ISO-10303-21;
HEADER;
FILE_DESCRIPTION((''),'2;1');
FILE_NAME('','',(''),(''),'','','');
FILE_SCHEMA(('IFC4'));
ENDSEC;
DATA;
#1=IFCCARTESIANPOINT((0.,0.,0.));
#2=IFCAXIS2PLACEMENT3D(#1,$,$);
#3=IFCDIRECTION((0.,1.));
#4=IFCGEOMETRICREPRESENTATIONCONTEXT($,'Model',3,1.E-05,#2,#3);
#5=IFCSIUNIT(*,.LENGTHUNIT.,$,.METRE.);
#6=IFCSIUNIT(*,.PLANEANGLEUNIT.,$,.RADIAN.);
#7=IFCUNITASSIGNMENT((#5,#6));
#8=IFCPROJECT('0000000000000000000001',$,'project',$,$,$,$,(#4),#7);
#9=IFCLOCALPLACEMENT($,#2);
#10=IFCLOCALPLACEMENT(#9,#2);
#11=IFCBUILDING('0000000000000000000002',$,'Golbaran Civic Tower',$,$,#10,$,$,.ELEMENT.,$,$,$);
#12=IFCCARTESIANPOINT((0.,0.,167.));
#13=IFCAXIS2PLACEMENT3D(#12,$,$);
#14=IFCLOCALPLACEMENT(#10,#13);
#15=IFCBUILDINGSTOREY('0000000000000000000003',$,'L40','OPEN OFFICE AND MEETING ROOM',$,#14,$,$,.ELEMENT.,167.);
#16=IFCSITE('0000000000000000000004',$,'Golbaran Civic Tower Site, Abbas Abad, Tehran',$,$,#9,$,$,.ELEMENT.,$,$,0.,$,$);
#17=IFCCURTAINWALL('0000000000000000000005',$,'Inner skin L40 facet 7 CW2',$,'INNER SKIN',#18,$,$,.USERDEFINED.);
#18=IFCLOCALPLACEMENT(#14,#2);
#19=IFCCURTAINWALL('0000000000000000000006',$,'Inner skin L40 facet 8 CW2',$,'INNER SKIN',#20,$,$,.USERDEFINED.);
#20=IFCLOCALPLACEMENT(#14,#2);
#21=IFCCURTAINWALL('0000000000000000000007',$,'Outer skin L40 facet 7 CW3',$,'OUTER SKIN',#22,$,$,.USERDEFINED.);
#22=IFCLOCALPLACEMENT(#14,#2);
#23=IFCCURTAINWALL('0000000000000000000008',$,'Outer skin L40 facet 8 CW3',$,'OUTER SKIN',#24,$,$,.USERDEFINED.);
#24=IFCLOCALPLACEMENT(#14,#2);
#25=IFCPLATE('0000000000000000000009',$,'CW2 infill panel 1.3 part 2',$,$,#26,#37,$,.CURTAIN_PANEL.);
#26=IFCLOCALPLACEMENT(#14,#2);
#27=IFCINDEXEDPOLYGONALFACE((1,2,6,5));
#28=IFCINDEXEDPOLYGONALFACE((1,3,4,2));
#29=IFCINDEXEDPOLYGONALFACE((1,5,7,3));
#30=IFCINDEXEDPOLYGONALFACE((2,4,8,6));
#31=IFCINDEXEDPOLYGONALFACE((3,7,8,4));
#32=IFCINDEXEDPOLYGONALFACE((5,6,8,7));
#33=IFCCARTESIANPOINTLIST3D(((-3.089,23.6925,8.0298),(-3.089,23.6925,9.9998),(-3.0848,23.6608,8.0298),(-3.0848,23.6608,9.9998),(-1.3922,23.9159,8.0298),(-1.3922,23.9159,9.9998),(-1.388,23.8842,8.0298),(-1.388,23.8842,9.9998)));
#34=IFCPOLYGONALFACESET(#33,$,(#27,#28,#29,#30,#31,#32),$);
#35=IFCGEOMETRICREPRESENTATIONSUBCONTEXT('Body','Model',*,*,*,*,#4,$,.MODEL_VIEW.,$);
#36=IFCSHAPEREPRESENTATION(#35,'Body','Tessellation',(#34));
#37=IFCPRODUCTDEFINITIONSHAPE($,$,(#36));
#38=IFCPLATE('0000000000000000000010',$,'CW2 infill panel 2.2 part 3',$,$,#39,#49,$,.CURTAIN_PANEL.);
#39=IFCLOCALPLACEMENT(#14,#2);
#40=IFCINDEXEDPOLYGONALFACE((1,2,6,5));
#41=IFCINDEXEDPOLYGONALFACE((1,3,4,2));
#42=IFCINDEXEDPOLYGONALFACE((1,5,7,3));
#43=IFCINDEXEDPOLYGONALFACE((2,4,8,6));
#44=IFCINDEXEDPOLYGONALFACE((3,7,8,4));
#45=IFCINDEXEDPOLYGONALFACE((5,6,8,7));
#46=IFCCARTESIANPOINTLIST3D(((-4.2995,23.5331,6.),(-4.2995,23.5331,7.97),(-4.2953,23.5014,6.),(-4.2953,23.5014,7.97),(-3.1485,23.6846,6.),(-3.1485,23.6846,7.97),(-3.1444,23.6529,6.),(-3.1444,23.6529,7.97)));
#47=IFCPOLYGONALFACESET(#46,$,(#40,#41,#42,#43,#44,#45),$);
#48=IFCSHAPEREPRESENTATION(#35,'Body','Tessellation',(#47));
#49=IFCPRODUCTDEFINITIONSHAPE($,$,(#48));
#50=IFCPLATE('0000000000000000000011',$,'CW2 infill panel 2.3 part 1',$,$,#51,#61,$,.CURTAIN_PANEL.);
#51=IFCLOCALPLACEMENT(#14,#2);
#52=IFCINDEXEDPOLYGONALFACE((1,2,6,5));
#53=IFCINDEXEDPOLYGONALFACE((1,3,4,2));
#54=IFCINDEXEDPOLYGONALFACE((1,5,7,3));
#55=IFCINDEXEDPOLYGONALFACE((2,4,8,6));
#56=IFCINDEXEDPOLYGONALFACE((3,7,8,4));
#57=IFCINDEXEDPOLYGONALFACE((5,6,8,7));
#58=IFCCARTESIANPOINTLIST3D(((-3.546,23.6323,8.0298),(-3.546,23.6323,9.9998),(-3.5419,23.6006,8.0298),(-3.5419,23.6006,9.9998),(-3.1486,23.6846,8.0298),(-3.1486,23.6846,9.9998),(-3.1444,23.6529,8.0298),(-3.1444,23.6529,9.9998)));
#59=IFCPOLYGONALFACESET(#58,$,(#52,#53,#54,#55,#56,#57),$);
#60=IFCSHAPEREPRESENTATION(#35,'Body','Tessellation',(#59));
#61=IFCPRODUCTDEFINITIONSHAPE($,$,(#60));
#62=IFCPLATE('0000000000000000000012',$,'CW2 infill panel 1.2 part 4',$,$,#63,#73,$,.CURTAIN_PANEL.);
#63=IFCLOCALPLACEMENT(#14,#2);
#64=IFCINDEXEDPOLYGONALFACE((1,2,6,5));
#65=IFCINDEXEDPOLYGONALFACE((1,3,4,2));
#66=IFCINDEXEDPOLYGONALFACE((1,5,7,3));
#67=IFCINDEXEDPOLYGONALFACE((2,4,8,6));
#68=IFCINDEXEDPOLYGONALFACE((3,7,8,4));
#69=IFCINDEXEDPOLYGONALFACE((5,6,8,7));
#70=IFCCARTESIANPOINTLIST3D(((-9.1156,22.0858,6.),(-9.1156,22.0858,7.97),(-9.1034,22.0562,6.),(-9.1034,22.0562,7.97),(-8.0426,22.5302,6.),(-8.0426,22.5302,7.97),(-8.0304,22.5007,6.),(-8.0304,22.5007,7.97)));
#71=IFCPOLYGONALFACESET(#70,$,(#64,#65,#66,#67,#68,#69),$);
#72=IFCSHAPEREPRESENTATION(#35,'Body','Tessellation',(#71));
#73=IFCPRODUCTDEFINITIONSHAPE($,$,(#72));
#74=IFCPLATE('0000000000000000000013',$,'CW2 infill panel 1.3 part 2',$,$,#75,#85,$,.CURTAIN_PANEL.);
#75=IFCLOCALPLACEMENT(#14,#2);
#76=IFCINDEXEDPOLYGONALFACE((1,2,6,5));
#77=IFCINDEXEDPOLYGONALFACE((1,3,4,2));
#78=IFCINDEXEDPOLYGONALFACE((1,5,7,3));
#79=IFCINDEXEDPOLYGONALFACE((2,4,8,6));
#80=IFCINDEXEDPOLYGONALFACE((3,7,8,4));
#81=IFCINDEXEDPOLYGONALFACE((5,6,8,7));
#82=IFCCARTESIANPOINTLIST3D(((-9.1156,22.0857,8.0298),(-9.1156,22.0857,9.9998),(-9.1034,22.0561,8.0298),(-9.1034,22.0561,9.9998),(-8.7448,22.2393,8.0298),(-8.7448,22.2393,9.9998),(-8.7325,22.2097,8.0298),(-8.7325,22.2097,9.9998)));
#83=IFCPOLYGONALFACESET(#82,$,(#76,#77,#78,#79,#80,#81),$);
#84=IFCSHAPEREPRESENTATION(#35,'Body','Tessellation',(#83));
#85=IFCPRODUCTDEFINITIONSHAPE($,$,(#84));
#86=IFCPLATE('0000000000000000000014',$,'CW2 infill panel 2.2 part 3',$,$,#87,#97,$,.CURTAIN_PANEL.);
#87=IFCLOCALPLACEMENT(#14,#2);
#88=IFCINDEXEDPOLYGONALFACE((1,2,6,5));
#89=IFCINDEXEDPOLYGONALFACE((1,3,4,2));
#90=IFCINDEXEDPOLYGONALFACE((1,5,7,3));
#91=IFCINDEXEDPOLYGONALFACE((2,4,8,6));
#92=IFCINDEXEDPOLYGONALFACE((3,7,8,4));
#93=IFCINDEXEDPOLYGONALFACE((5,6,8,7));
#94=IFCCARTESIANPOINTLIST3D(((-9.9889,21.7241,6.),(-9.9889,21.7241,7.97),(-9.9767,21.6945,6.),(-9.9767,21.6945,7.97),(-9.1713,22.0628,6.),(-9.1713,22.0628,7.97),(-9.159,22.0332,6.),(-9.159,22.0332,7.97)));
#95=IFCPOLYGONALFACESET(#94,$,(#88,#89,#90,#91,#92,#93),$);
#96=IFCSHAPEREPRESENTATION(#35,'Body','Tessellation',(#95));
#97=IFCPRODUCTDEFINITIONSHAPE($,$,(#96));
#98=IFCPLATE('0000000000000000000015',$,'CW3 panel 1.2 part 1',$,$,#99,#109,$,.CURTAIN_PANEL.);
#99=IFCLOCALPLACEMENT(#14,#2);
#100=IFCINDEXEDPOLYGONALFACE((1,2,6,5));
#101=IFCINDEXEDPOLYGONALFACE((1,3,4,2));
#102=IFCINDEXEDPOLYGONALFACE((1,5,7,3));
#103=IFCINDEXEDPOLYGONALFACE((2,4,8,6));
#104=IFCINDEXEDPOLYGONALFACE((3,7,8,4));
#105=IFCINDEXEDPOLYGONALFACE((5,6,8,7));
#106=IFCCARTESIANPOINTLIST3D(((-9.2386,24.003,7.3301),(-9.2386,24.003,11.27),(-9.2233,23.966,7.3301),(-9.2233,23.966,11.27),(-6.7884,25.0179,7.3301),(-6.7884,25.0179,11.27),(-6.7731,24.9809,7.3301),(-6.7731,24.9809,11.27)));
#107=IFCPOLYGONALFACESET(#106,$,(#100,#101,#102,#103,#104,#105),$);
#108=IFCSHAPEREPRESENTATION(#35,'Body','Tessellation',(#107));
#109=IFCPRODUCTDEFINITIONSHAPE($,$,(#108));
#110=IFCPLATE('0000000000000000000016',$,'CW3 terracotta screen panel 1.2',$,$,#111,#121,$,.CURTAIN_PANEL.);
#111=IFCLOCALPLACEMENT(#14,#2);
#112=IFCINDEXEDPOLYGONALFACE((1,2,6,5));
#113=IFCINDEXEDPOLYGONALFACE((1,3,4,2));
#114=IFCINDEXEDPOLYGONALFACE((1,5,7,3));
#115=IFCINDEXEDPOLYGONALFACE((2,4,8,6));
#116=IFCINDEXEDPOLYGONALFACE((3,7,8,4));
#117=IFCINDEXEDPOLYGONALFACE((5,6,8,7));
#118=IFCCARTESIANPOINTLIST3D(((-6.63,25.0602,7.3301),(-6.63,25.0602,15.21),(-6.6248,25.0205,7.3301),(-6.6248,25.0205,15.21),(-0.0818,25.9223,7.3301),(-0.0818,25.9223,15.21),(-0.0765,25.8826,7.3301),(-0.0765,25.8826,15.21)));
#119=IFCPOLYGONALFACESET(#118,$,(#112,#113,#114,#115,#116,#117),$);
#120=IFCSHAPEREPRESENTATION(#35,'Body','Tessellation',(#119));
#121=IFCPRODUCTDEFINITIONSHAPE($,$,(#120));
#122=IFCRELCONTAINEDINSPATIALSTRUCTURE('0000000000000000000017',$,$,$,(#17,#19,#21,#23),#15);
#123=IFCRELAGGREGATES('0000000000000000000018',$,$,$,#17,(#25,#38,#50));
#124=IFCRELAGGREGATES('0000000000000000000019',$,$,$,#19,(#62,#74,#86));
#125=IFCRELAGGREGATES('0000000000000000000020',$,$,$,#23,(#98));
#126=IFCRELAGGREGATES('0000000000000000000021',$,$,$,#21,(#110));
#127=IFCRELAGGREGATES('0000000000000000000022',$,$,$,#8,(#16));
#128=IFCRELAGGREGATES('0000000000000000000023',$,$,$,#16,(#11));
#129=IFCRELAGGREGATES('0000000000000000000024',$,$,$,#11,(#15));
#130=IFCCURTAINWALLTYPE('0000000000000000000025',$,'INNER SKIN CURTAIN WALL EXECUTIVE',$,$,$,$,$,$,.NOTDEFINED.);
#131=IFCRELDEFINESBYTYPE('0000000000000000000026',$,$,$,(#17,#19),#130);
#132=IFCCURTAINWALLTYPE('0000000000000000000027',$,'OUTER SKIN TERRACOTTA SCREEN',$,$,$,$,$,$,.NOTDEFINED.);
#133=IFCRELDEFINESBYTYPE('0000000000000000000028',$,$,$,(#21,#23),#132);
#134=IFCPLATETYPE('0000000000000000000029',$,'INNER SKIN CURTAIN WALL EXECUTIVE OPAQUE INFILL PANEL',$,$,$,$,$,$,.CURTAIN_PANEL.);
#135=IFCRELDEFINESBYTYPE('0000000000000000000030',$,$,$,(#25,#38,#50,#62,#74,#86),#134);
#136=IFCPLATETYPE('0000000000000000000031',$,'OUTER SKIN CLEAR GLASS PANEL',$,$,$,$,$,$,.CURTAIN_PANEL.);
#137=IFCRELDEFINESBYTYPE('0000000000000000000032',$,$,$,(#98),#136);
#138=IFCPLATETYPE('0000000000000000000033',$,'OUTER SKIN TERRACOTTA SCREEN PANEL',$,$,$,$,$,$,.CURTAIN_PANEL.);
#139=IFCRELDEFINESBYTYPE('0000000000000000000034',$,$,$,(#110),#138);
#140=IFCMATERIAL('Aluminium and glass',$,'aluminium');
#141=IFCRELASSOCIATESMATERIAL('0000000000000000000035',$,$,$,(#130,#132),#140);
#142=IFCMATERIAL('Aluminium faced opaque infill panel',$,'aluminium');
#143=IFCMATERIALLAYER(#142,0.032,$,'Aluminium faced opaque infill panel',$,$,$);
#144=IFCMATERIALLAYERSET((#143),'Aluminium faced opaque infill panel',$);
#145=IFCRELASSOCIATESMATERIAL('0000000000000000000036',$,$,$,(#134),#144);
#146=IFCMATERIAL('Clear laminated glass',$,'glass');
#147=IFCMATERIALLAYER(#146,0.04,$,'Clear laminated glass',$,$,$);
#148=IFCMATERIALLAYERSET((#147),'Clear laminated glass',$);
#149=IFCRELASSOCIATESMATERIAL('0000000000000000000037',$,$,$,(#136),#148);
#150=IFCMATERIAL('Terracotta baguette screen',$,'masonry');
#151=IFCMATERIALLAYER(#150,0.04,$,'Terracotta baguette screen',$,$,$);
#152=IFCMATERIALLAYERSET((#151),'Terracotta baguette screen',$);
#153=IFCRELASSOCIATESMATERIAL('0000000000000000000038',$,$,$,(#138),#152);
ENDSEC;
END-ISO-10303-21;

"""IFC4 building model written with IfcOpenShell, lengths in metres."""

from ifc_helpers import new_model, si_unit, direction, frame, origin, origin_2d, place, context, subcontext, project, spatial, rectangle, extrude, material, layer, layer_set, type_object, element, aggregate, save


model = new_model("IFC4")

# Units and contexts
model_context = context("Model", 3, precision=1e-05, world=origin(), true_north=direction((0.0, 1.0)))
body_context = subcontext(model_context, "Body", "Model", "MODEL_VIEW")
ifc_project = project(units=[si_unit("LENGTHUNIT", "METRE"), si_unit("PLANEANGLEUNIT", "RADIAN")], contexts=[model_context])

# Site, building, storey
site_placement = place(None, origin())
site = spatial("IfcSite", under=ifc_project, at=site_placement, Name="Golbaran Civic Tower Site, Abbas Abad, Tehran", CompositionType="ELEMENT", RefElevation=0.0)
building_placement = place(site_placement, origin())
building = spatial("IfcBuilding", under=site, at=building_placement, Name="Golbaran Civic Tower", CompositionType="ELEMENT")
storey_placement = place(building_placement, frame((0.0, 0.0, 167.0)))
storey = spatial("IfcBuildingStorey", under=building, at=storey_placement, Name="L40", Description="OPEN OFFICE AND MEETING ROOM", CompositionType="ELEMENT", Elevation=167.0)

# Curtain walls
ifc_material_1 = material(Name="Aluminium and glass", Category="aluminium")
curtain_wall_type_1 = type_object("IfcCurtainWallType", Name="INNER SKIN CURTAIN WALL EXECUTIVE", PredefinedType="NOTDEFINED", material=ifc_material_1)
curtain_wall_1_placement = place(storey_placement, origin())
curtain_wall_1 = element("IfcCurtainWall", 1, at=curtain_wall_1_placement, inside=storey, type_object=curtain_wall_type_1, Name="Inner skin L40 facet 7 CW2", ObjectType="INNER SKIN", PredefinedType="USERDEFINED")
curtain_wall_2_placement = place(storey_placement, origin())
curtain_wall_2 = element("IfcCurtainWall", 2, at=curtain_wall_2_placement, inside=storey, type_object=curtain_wall_type_1, Name="Inner skin L40 facet 8 CW2", ObjectType="INNER SKIN", PredefinedType="USERDEFINED")

# Curtain walls
curtain_wall_type_2 = type_object("IfcCurtainWallType", Name="OUTER SKIN TERRACOTTA SCREEN", PredefinedType="NOTDEFINED", material=ifc_material_1)
curtain_wall_3_placement = place(storey_placement, origin())
curtain_wall_3 = element("IfcCurtainWall", 3, at=curtain_wall_3_placement, inside=storey, type_object=curtain_wall_type_2, Name="Outer skin L40 facet 7 CW3", ObjectType="OUTER SKIN", PredefinedType="USERDEFINED")
curtain_wall_4_placement = place(storey_placement, origin())
curtain_wall_4 = element("IfcCurtainWall", 4, at=curtain_wall_4_placement, inside=storey, type_object=curtain_wall_type_2, Name="Outer skin L40 facet 8 CW3", ObjectType="OUTER SKIN", PredefinedType="USERDEFINED")

# Plates
ifc_material_2 = material(Name="Aluminium faced opaque infill panel", Category="aluminium")
ifc_layer_1 = layer(ifc_material_2, 0.032, Name="Aluminium faced opaque infill panel")
ifc_layer_set_1 = layer_set([ifc_layer_1], Name="Aluminium faced opaque infill panel")
plate_type_1 = type_object("IfcPlateType", Name="INNER SKIN CURTAIN WALL EXECUTIVE OPAQUE INFILL PANEL", PredefinedType="CURTAIN_PANEL", material=ifc_layer_set_1)
plate_1_placement = place(storey_placement, frame((-2.2385, 23.7883, 8.0298), z_axis=(0.0, 0.0, 1.0), x_axis=(-0.991445, -0.130526, 0.0)))
plate_1 = element("IfcPlate", 5, at=plate_1_placement, type_object=plate_type_1, Name="CW2 infill panel 1.3 part 2", PredefinedType="CURTAIN_PANEL", context=body_context, shape_type="SweptSolid", body=[
    extrude(rectangle(XDim=1.7114, YDim=0.032, at=origin_2d()), origin(), (0.0, 0.0, 1.0), 1.97),
])
plate_2_placement = place(storey_placement, frame((-3.7219, 23.593, 6.0), z_axis=(0.0, 0.0, 1.0), x_axis=(-0.991445, -0.130526, 0.0)))
plate_2 = element("IfcPlate", 6, at=plate_2_placement, type_object=plate_type_1, Name="CW2 infill panel 2.2 part 3", PredefinedType="CURTAIN_PANEL", context=body_context, shape_type="SweptSolid", body=[
    extrude(rectangle(XDim=1.1609, YDim=0.032, at=origin_2d()), origin(), (0.0, 0.0, 1.0), 1.97),
])
plate_3_placement = place(storey_placement, frame((-3.3452, 23.6426, 8.0298), z_axis=(0.0, 0.0, 1.0), x_axis=(-0.991445, -0.130526, 0.0)))
plate_3 = element("IfcPlate", 7, at=plate_3_placement, type_object=plate_type_1, Name="CW2 infill panel 2.3 part 1", PredefinedType="CURTAIN_PANEL", context=body_context, shape_type="SweptSolid", body=[
    extrude(rectangle(XDim=0.4009, YDim=0.032, at=origin_2d()), origin(), (0.0, 0.0, 1.0), 1.97),
])
aggregate(curtain_wall_1, [plate_1, plate_2, plate_3])
plate_4_placement = place(storey_placement, frame((-8.573, 22.2932, 6.0), z_axis=(0.0, 0.0, 1.0), x_axis=(-0.92388, -0.382683, 0.0)))
plate_4 = element("IfcPlate", 8, at=plate_4_placement, type_object=plate_type_1, Name="CW2 infill panel 1.2 part 4", PredefinedType="CURTAIN_PANEL", context=body_context, shape_type="SweptSolid", body=[
    extrude(rectangle(XDim=1.1614, YDim=0.032, at=origin_2d()), origin(), (0.0, 0.0, 1.0), 1.97),
])
plate_5_placement = place(storey_placement, frame((-8.9241, 22.1477, 8.0298), z_axis=(0.0, 0.0, 1.0), x_axis=(-0.92388, -0.382683, 0.0)))
plate_5 = element("IfcPlate", 9, at=plate_5_placement, type_object=plate_type_1, Name="CW2 infill panel 1.3 part 2", PredefinedType="CURTAIN_PANEL", context=body_context, shape_type="SweptSolid", body=[
    extrude(rectangle(XDim=0.4014, YDim=0.032, at=origin_2d()), origin(), (0.0, 0.0, 1.0), 1.97),
])
plate_6_placement = place(storey_placement, frame((-9.574, 21.8787, 6.0), z_axis=(0.0, 0.0, 1.0), x_axis=(-0.92388, -0.382683, 0.0)))
plate_6 = element("IfcPlate", 10, at=plate_6_placement, type_object=plate_type_1, Name="CW2 infill panel 2.2 part 3", PredefinedType="CURTAIN_PANEL", context=body_context, shape_type="SweptSolid", body=[
    extrude(rectangle(XDim=0.885, YDim=0.032, at=origin_2d()), origin(), (0.0, 0.0, 1.0), 1.97),
])
aggregate(curtain_wall_2, [plate_4, plate_5, plate_6])
ifc_material_3 = material(Name="Clear laminated glass", Category="glass")
ifc_layer_2 = layer(ifc_material_3, 0.04, Name="Clear laminated glass")
ifc_layer_set_2 = layer_set([ifc_layer_2], Name="Clear laminated glass")
plate_type_2 = type_object("IfcPlateType", Name="OUTER SKIN CLEAR GLASS PANEL", PredefinedType="CURTAIN_PANEL", material=ifc_layer_set_2)
plate_7_placement = place(storey_placement, frame((-8.0059, 24.4919, 7.3301), z_axis=(0.0, 0.0, 1.0), x_axis=(-0.92388, -0.382683, 0.0)))
plate_7 = element("IfcPlate", 11, at=plate_7_placement, type_object=plate_type_2, Name="CW3 panel 1.2 part 1", PredefinedType="CURTAIN_PANEL", context=body_context, shape_type="SweptSolid", body=[
    extrude(rectangle(XDim=2.6521, YDim=0.04, at=origin_2d()), origin(), (0.0, 0.0, 1.0), 3.9399),
])
aggregate(curtain_wall_4, [plate_7])
ifc_material_4 = material(Name="Terracotta baguette screen", Category="masonry")
ifc_layer_3 = layer(ifc_material_4, 0.04, Name="Terracotta baguette screen")
ifc_layer_set_3 = layer_set([ifc_layer_3], Name="Terracotta baguette screen")
plate_type_3 = type_object("IfcPlateType", Name="OUTER SKIN TERRACOTTA SCREEN PANEL", PredefinedType="CURTAIN_PANEL", material=ifc_layer_set_3)
plate_8_placement = place(storey_placement, frame((-3.3533, 25.4714, 7.3301), z_axis=(0.0, 0.0, 1.0), x_axis=(-0.991445, -0.130526, 0.0)))
plate_8 = element("IfcPlate", 12, at=plate_8_placement, type_object=plate_type_3, Name="CW3 terracotta screen panel 1.2", PredefinedType="CURTAIN_PANEL", context=body_context, shape_type="SweptSolid", body=[
    extrude(rectangle(XDim=6.6047, YDim=0.04, at=origin_2d()), origin(), (0.0, 0.0, 1.0), 7.8799),
])
aggregate(curtain_wall_3, [plate_8])

save(model, "model.ifc")
